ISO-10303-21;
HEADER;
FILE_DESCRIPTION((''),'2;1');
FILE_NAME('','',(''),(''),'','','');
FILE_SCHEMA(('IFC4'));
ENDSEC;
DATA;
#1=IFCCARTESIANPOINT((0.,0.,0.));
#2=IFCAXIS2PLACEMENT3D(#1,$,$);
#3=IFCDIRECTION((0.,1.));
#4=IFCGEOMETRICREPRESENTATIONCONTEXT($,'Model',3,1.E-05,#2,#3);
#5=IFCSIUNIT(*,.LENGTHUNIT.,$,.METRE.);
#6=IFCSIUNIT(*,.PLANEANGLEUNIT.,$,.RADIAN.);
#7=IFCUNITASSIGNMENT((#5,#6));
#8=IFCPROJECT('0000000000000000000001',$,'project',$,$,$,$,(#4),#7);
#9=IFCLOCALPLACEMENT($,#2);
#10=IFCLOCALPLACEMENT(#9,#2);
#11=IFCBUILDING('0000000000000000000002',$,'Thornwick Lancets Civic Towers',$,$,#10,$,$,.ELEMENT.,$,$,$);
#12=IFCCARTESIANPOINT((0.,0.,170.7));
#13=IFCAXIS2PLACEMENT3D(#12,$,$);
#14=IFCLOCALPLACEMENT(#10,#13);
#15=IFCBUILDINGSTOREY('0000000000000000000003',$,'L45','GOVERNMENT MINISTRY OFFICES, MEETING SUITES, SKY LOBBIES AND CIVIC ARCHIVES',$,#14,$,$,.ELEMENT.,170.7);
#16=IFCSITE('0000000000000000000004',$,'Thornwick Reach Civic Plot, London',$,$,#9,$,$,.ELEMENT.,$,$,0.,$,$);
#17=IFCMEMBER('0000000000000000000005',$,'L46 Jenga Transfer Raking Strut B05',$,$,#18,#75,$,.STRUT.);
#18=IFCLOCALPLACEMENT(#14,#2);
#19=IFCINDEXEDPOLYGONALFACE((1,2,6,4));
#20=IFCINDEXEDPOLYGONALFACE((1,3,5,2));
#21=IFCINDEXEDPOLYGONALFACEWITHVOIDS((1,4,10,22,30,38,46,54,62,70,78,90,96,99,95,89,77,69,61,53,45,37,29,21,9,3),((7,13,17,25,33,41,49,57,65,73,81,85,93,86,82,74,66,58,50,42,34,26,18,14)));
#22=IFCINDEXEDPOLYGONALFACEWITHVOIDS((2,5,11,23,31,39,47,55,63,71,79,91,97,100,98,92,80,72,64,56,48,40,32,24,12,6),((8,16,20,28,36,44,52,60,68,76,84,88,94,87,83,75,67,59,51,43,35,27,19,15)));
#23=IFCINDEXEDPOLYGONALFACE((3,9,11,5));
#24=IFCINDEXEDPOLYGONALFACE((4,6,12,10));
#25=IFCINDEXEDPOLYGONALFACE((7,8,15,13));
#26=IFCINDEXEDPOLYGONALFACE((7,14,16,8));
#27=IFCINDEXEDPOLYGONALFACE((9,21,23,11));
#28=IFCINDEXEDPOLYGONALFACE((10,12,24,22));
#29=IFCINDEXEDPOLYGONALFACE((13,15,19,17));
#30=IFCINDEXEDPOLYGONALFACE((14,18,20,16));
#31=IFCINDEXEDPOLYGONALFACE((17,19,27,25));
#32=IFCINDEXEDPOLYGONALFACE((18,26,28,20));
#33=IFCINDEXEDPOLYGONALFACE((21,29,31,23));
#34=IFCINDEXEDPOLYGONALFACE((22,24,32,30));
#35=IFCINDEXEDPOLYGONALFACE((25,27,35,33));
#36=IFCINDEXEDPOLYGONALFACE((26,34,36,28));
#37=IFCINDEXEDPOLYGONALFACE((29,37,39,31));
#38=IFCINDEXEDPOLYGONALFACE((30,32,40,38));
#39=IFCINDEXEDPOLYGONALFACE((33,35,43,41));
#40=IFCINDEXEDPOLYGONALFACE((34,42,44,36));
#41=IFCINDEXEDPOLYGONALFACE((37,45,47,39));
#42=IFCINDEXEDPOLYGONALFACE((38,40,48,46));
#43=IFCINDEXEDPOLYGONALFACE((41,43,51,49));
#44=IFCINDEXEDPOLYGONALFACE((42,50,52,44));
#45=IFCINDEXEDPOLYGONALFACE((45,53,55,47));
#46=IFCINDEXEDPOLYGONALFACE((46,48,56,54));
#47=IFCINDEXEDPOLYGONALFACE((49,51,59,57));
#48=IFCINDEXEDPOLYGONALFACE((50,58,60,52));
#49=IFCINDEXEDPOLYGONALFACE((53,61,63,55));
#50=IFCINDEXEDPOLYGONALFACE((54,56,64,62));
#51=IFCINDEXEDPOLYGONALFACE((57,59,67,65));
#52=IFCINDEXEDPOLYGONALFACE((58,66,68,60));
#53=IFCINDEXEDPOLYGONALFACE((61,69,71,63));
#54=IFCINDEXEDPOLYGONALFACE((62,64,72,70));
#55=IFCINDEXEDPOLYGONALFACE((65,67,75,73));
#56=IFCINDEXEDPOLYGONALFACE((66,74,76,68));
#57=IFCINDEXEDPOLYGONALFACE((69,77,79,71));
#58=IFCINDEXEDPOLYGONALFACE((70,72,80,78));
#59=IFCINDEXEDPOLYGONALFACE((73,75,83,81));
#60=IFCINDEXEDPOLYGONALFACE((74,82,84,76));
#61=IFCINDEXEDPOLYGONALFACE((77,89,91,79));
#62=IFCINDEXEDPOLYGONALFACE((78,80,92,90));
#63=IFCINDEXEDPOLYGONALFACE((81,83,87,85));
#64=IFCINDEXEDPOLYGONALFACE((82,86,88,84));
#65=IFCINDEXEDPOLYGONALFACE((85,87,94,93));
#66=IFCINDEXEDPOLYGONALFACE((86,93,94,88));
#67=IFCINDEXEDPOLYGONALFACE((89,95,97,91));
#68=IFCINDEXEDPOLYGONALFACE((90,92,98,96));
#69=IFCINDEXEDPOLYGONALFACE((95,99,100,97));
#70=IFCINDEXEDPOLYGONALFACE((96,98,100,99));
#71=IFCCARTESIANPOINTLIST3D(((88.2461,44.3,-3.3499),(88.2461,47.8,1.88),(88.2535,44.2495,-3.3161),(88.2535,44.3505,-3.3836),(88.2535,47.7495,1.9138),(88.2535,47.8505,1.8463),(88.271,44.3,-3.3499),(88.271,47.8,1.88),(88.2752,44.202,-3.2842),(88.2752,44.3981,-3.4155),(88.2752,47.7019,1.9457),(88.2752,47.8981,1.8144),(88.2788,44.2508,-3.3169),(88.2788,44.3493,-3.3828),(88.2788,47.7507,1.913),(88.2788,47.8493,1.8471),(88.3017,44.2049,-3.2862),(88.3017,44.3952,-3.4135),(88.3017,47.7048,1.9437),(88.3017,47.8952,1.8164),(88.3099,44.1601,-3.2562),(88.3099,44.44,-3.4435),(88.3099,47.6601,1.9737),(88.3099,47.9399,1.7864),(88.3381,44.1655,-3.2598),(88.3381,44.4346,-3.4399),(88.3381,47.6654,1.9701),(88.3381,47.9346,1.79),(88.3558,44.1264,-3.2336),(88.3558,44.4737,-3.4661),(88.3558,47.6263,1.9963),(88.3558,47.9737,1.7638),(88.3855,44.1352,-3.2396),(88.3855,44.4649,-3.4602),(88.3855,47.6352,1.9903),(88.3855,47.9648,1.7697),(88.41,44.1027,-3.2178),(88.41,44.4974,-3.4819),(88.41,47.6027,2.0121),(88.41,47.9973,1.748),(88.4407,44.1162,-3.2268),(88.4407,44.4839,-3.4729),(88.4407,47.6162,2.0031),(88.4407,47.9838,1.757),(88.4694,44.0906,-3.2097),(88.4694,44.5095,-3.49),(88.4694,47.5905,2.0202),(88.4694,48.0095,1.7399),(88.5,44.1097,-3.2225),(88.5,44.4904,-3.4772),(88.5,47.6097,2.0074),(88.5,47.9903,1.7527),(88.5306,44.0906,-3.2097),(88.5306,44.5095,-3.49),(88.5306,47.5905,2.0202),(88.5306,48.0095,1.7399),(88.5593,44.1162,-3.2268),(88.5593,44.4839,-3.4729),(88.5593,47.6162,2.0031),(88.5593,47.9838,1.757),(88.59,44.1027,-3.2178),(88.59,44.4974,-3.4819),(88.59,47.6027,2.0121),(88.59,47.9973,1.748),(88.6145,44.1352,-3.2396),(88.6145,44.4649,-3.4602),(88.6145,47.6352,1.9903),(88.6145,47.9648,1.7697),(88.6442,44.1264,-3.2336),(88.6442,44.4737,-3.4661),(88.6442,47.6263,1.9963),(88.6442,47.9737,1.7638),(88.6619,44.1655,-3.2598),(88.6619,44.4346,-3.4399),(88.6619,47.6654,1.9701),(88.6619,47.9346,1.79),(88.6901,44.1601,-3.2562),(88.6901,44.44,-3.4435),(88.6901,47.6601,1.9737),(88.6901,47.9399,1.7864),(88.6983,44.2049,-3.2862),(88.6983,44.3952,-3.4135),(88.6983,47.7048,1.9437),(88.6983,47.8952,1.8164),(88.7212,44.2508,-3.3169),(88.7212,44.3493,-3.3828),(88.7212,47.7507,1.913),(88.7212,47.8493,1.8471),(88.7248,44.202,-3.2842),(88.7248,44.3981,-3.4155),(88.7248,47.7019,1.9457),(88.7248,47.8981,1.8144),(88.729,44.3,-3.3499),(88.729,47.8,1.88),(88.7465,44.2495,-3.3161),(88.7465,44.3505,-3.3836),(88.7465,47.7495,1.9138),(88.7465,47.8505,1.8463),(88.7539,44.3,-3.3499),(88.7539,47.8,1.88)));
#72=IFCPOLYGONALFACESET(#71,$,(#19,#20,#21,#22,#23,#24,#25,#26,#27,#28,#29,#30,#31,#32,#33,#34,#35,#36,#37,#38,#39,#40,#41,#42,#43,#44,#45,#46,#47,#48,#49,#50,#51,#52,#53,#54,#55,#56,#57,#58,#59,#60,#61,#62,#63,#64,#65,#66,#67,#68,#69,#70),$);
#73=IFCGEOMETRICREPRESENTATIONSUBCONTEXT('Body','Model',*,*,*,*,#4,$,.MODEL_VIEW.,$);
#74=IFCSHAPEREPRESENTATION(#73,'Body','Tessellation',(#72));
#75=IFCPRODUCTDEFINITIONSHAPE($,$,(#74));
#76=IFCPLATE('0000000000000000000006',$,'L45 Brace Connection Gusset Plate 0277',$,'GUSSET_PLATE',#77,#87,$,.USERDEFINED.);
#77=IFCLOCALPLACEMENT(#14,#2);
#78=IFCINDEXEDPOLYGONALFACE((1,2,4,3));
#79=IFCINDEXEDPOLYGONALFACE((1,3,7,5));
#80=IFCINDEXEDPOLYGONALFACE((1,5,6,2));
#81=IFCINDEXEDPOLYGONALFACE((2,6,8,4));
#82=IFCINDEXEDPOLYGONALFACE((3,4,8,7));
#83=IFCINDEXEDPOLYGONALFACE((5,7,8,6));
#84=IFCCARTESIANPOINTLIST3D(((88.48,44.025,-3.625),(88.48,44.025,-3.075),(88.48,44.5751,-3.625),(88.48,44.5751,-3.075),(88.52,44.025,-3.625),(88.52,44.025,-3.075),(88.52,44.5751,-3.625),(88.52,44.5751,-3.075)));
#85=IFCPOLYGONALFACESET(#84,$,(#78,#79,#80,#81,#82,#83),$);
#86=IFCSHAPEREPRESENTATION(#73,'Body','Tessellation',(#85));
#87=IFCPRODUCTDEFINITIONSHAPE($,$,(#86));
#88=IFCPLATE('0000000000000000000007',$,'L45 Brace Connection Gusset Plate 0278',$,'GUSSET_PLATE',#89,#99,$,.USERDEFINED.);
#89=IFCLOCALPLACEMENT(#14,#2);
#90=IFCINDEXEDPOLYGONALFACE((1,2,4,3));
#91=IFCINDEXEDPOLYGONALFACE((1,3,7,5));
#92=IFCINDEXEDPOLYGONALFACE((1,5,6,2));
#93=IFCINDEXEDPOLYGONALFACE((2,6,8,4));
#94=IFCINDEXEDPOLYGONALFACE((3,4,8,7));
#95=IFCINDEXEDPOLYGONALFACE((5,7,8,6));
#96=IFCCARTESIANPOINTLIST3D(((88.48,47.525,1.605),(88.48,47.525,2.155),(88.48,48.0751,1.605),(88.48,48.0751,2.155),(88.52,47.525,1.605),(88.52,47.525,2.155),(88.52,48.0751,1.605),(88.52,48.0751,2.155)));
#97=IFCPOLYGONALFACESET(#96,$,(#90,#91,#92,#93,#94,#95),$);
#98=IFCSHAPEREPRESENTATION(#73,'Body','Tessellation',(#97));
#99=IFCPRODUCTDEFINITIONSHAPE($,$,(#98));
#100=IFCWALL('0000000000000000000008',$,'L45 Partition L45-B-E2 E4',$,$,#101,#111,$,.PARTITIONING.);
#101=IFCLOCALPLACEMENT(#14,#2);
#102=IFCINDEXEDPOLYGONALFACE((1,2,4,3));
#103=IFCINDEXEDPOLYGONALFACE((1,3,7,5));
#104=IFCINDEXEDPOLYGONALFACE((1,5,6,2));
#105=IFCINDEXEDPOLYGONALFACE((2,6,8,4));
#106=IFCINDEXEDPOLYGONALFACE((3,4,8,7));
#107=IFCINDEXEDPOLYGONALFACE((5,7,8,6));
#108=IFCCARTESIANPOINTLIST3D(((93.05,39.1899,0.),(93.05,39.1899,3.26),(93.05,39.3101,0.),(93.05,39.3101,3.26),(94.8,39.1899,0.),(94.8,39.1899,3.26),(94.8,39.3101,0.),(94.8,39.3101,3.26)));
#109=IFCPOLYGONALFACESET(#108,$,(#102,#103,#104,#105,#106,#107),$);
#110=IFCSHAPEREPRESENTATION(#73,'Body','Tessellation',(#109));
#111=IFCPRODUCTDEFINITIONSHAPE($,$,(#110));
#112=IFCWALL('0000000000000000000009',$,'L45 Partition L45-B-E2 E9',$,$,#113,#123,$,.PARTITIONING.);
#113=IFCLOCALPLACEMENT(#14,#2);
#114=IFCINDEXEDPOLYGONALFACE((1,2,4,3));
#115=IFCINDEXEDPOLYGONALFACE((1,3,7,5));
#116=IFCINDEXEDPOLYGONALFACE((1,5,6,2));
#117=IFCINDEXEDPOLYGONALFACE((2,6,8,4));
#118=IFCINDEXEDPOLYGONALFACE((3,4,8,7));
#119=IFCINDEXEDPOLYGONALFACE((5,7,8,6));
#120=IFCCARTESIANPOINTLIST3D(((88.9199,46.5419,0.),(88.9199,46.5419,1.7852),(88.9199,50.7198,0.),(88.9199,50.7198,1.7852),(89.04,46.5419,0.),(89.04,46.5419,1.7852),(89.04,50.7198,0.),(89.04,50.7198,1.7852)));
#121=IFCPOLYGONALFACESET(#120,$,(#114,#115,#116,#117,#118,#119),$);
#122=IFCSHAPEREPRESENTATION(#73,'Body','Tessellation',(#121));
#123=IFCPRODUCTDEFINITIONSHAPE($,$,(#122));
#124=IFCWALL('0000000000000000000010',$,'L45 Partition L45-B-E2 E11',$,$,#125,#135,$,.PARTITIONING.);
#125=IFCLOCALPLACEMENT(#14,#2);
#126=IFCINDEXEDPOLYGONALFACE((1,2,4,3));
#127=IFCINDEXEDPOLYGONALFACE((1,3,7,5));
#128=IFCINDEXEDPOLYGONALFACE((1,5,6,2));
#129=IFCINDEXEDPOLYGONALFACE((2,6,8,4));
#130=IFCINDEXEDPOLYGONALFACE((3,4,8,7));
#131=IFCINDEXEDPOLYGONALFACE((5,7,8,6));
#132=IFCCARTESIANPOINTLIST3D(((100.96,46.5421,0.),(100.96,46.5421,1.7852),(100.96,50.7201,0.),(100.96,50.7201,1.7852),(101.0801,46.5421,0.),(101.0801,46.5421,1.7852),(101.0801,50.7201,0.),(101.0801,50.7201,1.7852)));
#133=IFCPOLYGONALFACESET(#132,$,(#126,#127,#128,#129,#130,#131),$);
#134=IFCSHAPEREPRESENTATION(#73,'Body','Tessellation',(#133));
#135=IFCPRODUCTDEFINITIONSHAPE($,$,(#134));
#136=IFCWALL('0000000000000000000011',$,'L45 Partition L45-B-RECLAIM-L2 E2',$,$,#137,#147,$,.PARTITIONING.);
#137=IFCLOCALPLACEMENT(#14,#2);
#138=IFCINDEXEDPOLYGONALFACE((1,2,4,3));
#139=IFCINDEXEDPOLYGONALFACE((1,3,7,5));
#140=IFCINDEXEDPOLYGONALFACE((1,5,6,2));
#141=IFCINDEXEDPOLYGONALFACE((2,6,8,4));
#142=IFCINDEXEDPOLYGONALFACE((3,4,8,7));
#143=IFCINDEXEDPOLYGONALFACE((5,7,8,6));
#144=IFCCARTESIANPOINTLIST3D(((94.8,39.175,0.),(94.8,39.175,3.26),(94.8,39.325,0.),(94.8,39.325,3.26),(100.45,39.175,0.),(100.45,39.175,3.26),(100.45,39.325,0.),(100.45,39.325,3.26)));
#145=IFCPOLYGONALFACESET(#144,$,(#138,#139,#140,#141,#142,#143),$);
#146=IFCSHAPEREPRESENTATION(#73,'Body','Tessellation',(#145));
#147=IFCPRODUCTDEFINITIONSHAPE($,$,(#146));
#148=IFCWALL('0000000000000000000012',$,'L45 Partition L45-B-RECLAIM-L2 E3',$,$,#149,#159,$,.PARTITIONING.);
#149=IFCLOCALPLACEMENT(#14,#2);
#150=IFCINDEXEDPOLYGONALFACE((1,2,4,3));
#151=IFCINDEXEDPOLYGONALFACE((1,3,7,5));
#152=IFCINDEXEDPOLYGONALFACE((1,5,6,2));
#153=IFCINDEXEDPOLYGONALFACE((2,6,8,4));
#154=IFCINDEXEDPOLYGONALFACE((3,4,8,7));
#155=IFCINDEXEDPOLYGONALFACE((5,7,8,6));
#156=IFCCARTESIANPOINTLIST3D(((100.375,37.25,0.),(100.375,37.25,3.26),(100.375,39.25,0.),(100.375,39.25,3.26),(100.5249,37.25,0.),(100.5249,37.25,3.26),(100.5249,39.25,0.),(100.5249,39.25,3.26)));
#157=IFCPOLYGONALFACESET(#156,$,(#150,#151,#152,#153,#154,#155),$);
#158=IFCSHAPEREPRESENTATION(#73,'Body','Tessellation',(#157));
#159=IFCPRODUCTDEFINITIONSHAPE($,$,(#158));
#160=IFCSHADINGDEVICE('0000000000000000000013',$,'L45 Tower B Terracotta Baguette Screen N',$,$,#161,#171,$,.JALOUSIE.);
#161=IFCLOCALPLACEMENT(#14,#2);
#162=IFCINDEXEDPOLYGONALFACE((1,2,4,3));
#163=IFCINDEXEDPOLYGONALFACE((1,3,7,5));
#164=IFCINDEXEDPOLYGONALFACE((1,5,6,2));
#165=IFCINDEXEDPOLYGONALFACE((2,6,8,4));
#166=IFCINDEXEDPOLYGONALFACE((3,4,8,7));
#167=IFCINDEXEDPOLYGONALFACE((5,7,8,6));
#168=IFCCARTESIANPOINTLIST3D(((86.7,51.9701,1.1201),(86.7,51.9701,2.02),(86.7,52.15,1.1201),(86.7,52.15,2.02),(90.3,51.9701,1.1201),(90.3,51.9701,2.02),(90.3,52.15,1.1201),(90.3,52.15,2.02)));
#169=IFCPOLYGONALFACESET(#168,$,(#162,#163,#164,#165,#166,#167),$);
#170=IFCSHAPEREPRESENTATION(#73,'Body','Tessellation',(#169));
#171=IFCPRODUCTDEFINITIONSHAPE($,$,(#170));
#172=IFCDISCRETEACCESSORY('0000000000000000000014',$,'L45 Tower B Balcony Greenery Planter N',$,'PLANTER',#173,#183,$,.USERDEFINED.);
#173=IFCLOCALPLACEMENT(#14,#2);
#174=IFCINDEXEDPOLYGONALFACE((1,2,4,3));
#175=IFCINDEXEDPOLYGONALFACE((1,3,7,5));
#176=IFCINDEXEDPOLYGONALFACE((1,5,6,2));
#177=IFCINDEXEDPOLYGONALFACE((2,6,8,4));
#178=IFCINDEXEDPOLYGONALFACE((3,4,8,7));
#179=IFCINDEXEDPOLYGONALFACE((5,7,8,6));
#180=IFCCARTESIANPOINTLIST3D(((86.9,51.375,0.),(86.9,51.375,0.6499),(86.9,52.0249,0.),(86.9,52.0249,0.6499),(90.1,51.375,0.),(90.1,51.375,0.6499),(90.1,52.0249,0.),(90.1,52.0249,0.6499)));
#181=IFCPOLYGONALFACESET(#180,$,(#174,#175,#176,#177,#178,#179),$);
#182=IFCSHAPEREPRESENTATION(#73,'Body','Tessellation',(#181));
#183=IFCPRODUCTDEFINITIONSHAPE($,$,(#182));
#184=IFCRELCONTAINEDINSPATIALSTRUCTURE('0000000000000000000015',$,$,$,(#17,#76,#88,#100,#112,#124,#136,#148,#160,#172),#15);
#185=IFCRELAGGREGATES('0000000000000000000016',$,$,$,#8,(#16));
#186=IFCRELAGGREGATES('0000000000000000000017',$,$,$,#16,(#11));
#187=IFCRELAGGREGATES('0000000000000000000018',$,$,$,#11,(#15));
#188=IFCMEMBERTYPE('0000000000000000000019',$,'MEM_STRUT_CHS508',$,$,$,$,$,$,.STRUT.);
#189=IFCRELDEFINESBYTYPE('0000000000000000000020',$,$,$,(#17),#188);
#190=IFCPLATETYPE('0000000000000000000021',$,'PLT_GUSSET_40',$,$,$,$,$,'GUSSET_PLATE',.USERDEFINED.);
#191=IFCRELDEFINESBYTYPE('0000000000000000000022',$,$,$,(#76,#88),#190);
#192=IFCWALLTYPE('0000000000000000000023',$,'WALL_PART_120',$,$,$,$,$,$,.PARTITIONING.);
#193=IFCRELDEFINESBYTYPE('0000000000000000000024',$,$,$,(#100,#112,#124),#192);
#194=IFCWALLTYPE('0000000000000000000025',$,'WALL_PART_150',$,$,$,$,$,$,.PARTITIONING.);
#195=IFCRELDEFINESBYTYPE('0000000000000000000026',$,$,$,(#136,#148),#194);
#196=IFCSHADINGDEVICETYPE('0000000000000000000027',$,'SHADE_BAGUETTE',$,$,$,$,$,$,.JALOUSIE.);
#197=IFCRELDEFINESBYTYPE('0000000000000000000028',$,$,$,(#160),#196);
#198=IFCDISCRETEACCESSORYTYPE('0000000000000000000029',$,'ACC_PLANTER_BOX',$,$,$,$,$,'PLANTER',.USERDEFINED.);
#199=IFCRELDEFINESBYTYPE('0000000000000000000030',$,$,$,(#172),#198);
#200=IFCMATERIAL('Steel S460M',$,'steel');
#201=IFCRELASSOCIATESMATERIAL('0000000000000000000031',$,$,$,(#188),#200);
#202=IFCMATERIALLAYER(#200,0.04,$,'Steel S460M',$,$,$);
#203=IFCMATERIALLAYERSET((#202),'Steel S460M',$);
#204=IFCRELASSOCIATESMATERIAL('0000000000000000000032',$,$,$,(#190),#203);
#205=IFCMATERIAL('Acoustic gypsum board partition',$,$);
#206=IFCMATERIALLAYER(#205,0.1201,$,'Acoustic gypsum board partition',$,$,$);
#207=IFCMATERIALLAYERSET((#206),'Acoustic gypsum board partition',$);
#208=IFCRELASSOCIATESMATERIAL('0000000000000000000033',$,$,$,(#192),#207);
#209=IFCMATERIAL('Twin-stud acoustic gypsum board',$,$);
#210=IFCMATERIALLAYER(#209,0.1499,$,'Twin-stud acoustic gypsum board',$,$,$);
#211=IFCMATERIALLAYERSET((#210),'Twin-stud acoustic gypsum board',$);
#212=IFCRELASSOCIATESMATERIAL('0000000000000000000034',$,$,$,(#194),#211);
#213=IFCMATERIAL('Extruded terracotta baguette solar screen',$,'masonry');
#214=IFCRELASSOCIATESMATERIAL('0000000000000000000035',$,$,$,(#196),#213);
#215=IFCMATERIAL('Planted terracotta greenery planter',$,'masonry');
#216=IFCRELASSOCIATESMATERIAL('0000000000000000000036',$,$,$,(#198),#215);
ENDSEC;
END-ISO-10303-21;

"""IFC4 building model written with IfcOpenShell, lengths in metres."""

from ifc_helpers import new_model, si_unit, direction, frame, frame_2d, origin, origin_2d, place, context, subcontext, project, spatial, rectangle, hollow_circle, extrude, material, layer, layer_set, material_profile, profile_set, type_object, element, save


model = new_model("IFC4")

# Units and contexts
model_context = context("Model", 3, precision=1e-05, world=origin(), true_north=direction((0.0, 1.0)))
body_context = subcontext(model_context, "Body", "Model", "MODEL_VIEW")
ifc_project = project(units=[si_unit("LENGTHUNIT", "METRE"), si_unit("PLANEANGLEUNIT", "RADIAN")], contexts=[model_context])

# Site, building, storey
site_placement = place(None, origin())
site = spatial("IfcSite", under=ifc_project, at=site_placement, Name="Thornwick Reach Civic Plot, London", CompositionType="ELEMENT", RefElevation=0.0)
building_placement = place(site_placement, origin())
building = spatial("IfcBuilding", under=site, at=building_placement, Name="Thornwick Lancets Civic Towers", CompositionType="ELEMENT")
storey_placement = place(building_placement, frame((0.0, 0.0, 170.7)))
storey = spatial("IfcBuildingStorey", under=building, at=storey_placement, Name="L45", Description="GOVERNMENT MINISTRY OFFICES, MEETING SUITES, SKY LOBBIES AND CIVIC ARCHIVES", CompositionType="ELEMENT", Elevation=170.7)

# Shared definitions
ifc_material_1 = material(Name="Steel S460M", Category="steel")

# Member
ifc_material_profile_1 = material_profile(ifc_material_1, hollow_circle(Radius=0.2539, WallThickness=0.0249, at=origin_2d()), Name="CHS 508x25")
ifc_profile_set_1 = profile_set([ifc_material_profile_1], Name="Steel S460M")
member_type = type_object("IfcMemberType", Name="MEM_STRUT_CHS508", PredefinedType="STRUT", material=ifc_profile_set_1)
for number, where, z_axis, x_axis, name in (
    (1, (88.5, 44.3, -3.3499), (0.0, 0.556168, 0.83107), (-1.0, 0.0, 0.0), "L46 Jenga Transfer Raking Strut B05"),
):
    element("IfcMember", number, at=place(storey_placement, frame(where, z_axis=z_axis, x_axis=x_axis)), inside=storey, type_object=member_type, Name=name, PredefinedType="STRUT", context=body_context, shape_type="SweptSolid", body=[
        extrude(hollow_circle(Radius=0.2539, WallThickness=0.0249, at=origin_2d()), origin(), (0.0, 0.0, 1.0), 6.293),
    ])

# Plates
ifc_layer_1 = layer(ifc_material_1, 0.04, Name="Steel S460M")
ifc_layer_set_1 = layer_set([ifc_layer_1], Name="Steel S460M")
plate_type = type_object("IfcPlateType", Name="PLT_GUSSET_40", ElementType="GUSSET_PLATE", PredefinedType="USERDEFINED", material=ifc_layer_set_1)
for number, where, z_axis, x_axis, name in (
    (2, (88.5, 44.3, -3.625), (0.0, 0.0, 1.0), (0.0, 1.0, 0.0), "L45 Brace Connection Gusset Plate 0277"),
    (3, (88.5, 47.8, 1.605), (0.0, 0.0, 1.0), (0.0, 1.0, 0.0), "L45 Brace Connection Gusset Plate 0278"),
):
    element("IfcPlate", number, at=place(storey_placement, frame(where, z_axis=z_axis, x_axis=x_axis)), inside=storey, type_object=plate_type, Name=name, ObjectType="GUSSET_PLATE", PredefinedType="USERDEFINED", context=body_context, shape_type="SweptSolid", body=[
        extrude(rectangle(XDim=0.55, YDim=0.04, at=origin_2d()), origin(), (0.0, 0.0, 1.0), 0.55),
    ])

# Walls
ifc_material_2 = material(Name="Acoustic gypsum board partition")
ifc_layer_2 = layer(ifc_material_2, 0.1201, Name="Acoustic gypsum board partition")
ifc_layer_set_2 = layer_set([ifc_layer_2], Name="Acoustic gypsum board partition")
wall_type_1 = type_object("IfcWallType", Name="WALL_PART_120", PredefinedType="PARTITIONING", material=ifc_layer_set_2)
wall_1_placement = place(storey_placement, frame((94.8, 39.25, 0.0), z_axis=(0.0, 0.0, 1.0), x_axis=(-1.0, 0.0, 0.0)))
element("IfcWall", 4, at=wall_1_placement, inside=storey, type_object=wall_type_1, Name="L45 Partition L45-B-E2 E4", PredefinedType="PARTITIONING", context=body_context, shape_type="SweptSolid", body=[
    extrude(rectangle(XDim=1.75, YDim=0.1201, at=frame_2d((0.875, 0.0))), origin(), (0.0, 0.0, 1.0), 3.26),
])
for number, where, z_axis, x_axis, name in (
    (5, (88.98, 46.542, 0.0), (0.0, 0.0, 1.0), (0.0, 1.0, 0.0), "L45 Partition L45-B-E2 E9"),
    (6, (101.02, 50.72, 0.0), (0.0, 0.0, 1.0), (0.0, -1.0, 0.0), "L45 Partition L45-B-E2 E11"),
):
    element("IfcWall", number, at=place(storey_placement, frame(where, z_axis=z_axis, x_axis=x_axis)), inside=storey, type_object=wall_type_1, Name=name, PredefinedType="PARTITIONING", context=body_context, shape_type="SweptSolid", body=[
        extrude(rectangle(XDim=4.178, YDim=0.1201, at=frame_2d((2.0889, 0.0))), origin(), (0.0, 0.0, 1.0), 1.7852),
    ])
ifc_material_3 = material(Name="Twin-stud acoustic gypsum board")
ifc_layer_3 = layer(ifc_material_3, 0.1499, Name="Twin-stud acoustic gypsum board")
ifc_layer_set_3 = layer_set([ifc_layer_3], Name="Twin-stud acoustic gypsum board")
wall_type_2 = type_object("IfcWallType", Name="WALL_PART_150", PredefinedType="PARTITIONING", material=ifc_layer_set_3)
wall_2_placement = place(storey_placement, frame((94.8, 39.25, 0.0), z_axis=(0.0, 0.0, 1.0), x_axis=(1.0, 0.0, 0.0)))
element("IfcWall", 7, at=wall_2_placement, inside=storey, type_object=wall_type_2, Name="L45 Partition L45-B-RECLAIM-L2 E2", PredefinedType="PARTITIONING", context=body_context, shape_type="SweptSolid", body=[
    extrude(rectangle(XDim=5.6499, YDim=0.1499, at=frame_2d((2.825, 0.0))), origin(), (0.0, 0.0, 1.0), 3.26),
])
wall_3_placement = place(storey_placement, frame((100.45, 39.25, 0.0), z_axis=(0.0, 0.0, 1.0), x_axis=(0.0, -1.0, 0.0)))
element("IfcWall", 8, at=wall_3_placement, inside=storey, type_object=wall_type_2, Name="L45 Partition L45-B-RECLAIM-L2 E3", PredefinedType="PARTITIONING", context=body_context, shape_type="SweptSolid", body=[
    extrude(rectangle(XDim=2.0, YDim=0.1499, at=frame_2d((1.0, 0.0))), origin(), (0.0, 0.0, 1.0), 3.26),
])

# Shading device
ifc_material_4 = material(Name="Extruded terracotta baguette solar screen", Category="masonry")
shading_device_type = type_object("IfcShadingDeviceType", Name="SHADE_BAGUETTE", PredefinedType="JALOUSIE", material=ifc_material_4)
shading_device_placement = place(storey_placement, frame((88.5, 52.0601, 1.1201), z_axis=(0.0, 0.0, 1.0), x_axis=(1.0, 0.0, 0.0)))
element("IfcShadingDevice", 9, at=shading_device_placement, inside=storey, type_object=shading_device_type, Name="L45 Tower B Terracotta Baguette Screen N", PredefinedType="JALOUSIE", context=body_context, shape_type="SweptSolid", body=[
    extrude(rectangle(XDim=3.6001, YDim=0.1799, at=origin_2d()), origin(), (0.0, 0.0, 1.0), 0.8999),
])

# Discrete accessory
ifc_material_5 = material(Name="Planted terracotta greenery planter", Category="masonry")
discrete_accessory_type = type_object("IfcDiscreteAccessoryType", Name="ACC_PLANTER_BOX", ElementType="PLANTER", PredefinedType="USERDEFINED", material=ifc_material_5)
discrete_accessory_placement = place(storey_placement, frame((88.5, 51.7, 0.0), z_axis=(0.0, 0.0, 1.0), x_axis=(1.0, 0.0, 0.0)))
element("IfcDiscreteAccessory", 10, at=discrete_accessory_placement, inside=storey, type_object=discrete_accessory_type, Name="L45 Tower B Balcony Greenery Planter N", ObjectType="PLANTER", PredefinedType="USERDEFINED", context=body_context, shape_type="SweptSolid", body=[
    extrude(rectangle(XDim=3.2, YDim=0.6499, at=origin_2d()), origin(), (0.0, 0.0, 1.0), 0.6499),
])

save(model, "model.ifc")
